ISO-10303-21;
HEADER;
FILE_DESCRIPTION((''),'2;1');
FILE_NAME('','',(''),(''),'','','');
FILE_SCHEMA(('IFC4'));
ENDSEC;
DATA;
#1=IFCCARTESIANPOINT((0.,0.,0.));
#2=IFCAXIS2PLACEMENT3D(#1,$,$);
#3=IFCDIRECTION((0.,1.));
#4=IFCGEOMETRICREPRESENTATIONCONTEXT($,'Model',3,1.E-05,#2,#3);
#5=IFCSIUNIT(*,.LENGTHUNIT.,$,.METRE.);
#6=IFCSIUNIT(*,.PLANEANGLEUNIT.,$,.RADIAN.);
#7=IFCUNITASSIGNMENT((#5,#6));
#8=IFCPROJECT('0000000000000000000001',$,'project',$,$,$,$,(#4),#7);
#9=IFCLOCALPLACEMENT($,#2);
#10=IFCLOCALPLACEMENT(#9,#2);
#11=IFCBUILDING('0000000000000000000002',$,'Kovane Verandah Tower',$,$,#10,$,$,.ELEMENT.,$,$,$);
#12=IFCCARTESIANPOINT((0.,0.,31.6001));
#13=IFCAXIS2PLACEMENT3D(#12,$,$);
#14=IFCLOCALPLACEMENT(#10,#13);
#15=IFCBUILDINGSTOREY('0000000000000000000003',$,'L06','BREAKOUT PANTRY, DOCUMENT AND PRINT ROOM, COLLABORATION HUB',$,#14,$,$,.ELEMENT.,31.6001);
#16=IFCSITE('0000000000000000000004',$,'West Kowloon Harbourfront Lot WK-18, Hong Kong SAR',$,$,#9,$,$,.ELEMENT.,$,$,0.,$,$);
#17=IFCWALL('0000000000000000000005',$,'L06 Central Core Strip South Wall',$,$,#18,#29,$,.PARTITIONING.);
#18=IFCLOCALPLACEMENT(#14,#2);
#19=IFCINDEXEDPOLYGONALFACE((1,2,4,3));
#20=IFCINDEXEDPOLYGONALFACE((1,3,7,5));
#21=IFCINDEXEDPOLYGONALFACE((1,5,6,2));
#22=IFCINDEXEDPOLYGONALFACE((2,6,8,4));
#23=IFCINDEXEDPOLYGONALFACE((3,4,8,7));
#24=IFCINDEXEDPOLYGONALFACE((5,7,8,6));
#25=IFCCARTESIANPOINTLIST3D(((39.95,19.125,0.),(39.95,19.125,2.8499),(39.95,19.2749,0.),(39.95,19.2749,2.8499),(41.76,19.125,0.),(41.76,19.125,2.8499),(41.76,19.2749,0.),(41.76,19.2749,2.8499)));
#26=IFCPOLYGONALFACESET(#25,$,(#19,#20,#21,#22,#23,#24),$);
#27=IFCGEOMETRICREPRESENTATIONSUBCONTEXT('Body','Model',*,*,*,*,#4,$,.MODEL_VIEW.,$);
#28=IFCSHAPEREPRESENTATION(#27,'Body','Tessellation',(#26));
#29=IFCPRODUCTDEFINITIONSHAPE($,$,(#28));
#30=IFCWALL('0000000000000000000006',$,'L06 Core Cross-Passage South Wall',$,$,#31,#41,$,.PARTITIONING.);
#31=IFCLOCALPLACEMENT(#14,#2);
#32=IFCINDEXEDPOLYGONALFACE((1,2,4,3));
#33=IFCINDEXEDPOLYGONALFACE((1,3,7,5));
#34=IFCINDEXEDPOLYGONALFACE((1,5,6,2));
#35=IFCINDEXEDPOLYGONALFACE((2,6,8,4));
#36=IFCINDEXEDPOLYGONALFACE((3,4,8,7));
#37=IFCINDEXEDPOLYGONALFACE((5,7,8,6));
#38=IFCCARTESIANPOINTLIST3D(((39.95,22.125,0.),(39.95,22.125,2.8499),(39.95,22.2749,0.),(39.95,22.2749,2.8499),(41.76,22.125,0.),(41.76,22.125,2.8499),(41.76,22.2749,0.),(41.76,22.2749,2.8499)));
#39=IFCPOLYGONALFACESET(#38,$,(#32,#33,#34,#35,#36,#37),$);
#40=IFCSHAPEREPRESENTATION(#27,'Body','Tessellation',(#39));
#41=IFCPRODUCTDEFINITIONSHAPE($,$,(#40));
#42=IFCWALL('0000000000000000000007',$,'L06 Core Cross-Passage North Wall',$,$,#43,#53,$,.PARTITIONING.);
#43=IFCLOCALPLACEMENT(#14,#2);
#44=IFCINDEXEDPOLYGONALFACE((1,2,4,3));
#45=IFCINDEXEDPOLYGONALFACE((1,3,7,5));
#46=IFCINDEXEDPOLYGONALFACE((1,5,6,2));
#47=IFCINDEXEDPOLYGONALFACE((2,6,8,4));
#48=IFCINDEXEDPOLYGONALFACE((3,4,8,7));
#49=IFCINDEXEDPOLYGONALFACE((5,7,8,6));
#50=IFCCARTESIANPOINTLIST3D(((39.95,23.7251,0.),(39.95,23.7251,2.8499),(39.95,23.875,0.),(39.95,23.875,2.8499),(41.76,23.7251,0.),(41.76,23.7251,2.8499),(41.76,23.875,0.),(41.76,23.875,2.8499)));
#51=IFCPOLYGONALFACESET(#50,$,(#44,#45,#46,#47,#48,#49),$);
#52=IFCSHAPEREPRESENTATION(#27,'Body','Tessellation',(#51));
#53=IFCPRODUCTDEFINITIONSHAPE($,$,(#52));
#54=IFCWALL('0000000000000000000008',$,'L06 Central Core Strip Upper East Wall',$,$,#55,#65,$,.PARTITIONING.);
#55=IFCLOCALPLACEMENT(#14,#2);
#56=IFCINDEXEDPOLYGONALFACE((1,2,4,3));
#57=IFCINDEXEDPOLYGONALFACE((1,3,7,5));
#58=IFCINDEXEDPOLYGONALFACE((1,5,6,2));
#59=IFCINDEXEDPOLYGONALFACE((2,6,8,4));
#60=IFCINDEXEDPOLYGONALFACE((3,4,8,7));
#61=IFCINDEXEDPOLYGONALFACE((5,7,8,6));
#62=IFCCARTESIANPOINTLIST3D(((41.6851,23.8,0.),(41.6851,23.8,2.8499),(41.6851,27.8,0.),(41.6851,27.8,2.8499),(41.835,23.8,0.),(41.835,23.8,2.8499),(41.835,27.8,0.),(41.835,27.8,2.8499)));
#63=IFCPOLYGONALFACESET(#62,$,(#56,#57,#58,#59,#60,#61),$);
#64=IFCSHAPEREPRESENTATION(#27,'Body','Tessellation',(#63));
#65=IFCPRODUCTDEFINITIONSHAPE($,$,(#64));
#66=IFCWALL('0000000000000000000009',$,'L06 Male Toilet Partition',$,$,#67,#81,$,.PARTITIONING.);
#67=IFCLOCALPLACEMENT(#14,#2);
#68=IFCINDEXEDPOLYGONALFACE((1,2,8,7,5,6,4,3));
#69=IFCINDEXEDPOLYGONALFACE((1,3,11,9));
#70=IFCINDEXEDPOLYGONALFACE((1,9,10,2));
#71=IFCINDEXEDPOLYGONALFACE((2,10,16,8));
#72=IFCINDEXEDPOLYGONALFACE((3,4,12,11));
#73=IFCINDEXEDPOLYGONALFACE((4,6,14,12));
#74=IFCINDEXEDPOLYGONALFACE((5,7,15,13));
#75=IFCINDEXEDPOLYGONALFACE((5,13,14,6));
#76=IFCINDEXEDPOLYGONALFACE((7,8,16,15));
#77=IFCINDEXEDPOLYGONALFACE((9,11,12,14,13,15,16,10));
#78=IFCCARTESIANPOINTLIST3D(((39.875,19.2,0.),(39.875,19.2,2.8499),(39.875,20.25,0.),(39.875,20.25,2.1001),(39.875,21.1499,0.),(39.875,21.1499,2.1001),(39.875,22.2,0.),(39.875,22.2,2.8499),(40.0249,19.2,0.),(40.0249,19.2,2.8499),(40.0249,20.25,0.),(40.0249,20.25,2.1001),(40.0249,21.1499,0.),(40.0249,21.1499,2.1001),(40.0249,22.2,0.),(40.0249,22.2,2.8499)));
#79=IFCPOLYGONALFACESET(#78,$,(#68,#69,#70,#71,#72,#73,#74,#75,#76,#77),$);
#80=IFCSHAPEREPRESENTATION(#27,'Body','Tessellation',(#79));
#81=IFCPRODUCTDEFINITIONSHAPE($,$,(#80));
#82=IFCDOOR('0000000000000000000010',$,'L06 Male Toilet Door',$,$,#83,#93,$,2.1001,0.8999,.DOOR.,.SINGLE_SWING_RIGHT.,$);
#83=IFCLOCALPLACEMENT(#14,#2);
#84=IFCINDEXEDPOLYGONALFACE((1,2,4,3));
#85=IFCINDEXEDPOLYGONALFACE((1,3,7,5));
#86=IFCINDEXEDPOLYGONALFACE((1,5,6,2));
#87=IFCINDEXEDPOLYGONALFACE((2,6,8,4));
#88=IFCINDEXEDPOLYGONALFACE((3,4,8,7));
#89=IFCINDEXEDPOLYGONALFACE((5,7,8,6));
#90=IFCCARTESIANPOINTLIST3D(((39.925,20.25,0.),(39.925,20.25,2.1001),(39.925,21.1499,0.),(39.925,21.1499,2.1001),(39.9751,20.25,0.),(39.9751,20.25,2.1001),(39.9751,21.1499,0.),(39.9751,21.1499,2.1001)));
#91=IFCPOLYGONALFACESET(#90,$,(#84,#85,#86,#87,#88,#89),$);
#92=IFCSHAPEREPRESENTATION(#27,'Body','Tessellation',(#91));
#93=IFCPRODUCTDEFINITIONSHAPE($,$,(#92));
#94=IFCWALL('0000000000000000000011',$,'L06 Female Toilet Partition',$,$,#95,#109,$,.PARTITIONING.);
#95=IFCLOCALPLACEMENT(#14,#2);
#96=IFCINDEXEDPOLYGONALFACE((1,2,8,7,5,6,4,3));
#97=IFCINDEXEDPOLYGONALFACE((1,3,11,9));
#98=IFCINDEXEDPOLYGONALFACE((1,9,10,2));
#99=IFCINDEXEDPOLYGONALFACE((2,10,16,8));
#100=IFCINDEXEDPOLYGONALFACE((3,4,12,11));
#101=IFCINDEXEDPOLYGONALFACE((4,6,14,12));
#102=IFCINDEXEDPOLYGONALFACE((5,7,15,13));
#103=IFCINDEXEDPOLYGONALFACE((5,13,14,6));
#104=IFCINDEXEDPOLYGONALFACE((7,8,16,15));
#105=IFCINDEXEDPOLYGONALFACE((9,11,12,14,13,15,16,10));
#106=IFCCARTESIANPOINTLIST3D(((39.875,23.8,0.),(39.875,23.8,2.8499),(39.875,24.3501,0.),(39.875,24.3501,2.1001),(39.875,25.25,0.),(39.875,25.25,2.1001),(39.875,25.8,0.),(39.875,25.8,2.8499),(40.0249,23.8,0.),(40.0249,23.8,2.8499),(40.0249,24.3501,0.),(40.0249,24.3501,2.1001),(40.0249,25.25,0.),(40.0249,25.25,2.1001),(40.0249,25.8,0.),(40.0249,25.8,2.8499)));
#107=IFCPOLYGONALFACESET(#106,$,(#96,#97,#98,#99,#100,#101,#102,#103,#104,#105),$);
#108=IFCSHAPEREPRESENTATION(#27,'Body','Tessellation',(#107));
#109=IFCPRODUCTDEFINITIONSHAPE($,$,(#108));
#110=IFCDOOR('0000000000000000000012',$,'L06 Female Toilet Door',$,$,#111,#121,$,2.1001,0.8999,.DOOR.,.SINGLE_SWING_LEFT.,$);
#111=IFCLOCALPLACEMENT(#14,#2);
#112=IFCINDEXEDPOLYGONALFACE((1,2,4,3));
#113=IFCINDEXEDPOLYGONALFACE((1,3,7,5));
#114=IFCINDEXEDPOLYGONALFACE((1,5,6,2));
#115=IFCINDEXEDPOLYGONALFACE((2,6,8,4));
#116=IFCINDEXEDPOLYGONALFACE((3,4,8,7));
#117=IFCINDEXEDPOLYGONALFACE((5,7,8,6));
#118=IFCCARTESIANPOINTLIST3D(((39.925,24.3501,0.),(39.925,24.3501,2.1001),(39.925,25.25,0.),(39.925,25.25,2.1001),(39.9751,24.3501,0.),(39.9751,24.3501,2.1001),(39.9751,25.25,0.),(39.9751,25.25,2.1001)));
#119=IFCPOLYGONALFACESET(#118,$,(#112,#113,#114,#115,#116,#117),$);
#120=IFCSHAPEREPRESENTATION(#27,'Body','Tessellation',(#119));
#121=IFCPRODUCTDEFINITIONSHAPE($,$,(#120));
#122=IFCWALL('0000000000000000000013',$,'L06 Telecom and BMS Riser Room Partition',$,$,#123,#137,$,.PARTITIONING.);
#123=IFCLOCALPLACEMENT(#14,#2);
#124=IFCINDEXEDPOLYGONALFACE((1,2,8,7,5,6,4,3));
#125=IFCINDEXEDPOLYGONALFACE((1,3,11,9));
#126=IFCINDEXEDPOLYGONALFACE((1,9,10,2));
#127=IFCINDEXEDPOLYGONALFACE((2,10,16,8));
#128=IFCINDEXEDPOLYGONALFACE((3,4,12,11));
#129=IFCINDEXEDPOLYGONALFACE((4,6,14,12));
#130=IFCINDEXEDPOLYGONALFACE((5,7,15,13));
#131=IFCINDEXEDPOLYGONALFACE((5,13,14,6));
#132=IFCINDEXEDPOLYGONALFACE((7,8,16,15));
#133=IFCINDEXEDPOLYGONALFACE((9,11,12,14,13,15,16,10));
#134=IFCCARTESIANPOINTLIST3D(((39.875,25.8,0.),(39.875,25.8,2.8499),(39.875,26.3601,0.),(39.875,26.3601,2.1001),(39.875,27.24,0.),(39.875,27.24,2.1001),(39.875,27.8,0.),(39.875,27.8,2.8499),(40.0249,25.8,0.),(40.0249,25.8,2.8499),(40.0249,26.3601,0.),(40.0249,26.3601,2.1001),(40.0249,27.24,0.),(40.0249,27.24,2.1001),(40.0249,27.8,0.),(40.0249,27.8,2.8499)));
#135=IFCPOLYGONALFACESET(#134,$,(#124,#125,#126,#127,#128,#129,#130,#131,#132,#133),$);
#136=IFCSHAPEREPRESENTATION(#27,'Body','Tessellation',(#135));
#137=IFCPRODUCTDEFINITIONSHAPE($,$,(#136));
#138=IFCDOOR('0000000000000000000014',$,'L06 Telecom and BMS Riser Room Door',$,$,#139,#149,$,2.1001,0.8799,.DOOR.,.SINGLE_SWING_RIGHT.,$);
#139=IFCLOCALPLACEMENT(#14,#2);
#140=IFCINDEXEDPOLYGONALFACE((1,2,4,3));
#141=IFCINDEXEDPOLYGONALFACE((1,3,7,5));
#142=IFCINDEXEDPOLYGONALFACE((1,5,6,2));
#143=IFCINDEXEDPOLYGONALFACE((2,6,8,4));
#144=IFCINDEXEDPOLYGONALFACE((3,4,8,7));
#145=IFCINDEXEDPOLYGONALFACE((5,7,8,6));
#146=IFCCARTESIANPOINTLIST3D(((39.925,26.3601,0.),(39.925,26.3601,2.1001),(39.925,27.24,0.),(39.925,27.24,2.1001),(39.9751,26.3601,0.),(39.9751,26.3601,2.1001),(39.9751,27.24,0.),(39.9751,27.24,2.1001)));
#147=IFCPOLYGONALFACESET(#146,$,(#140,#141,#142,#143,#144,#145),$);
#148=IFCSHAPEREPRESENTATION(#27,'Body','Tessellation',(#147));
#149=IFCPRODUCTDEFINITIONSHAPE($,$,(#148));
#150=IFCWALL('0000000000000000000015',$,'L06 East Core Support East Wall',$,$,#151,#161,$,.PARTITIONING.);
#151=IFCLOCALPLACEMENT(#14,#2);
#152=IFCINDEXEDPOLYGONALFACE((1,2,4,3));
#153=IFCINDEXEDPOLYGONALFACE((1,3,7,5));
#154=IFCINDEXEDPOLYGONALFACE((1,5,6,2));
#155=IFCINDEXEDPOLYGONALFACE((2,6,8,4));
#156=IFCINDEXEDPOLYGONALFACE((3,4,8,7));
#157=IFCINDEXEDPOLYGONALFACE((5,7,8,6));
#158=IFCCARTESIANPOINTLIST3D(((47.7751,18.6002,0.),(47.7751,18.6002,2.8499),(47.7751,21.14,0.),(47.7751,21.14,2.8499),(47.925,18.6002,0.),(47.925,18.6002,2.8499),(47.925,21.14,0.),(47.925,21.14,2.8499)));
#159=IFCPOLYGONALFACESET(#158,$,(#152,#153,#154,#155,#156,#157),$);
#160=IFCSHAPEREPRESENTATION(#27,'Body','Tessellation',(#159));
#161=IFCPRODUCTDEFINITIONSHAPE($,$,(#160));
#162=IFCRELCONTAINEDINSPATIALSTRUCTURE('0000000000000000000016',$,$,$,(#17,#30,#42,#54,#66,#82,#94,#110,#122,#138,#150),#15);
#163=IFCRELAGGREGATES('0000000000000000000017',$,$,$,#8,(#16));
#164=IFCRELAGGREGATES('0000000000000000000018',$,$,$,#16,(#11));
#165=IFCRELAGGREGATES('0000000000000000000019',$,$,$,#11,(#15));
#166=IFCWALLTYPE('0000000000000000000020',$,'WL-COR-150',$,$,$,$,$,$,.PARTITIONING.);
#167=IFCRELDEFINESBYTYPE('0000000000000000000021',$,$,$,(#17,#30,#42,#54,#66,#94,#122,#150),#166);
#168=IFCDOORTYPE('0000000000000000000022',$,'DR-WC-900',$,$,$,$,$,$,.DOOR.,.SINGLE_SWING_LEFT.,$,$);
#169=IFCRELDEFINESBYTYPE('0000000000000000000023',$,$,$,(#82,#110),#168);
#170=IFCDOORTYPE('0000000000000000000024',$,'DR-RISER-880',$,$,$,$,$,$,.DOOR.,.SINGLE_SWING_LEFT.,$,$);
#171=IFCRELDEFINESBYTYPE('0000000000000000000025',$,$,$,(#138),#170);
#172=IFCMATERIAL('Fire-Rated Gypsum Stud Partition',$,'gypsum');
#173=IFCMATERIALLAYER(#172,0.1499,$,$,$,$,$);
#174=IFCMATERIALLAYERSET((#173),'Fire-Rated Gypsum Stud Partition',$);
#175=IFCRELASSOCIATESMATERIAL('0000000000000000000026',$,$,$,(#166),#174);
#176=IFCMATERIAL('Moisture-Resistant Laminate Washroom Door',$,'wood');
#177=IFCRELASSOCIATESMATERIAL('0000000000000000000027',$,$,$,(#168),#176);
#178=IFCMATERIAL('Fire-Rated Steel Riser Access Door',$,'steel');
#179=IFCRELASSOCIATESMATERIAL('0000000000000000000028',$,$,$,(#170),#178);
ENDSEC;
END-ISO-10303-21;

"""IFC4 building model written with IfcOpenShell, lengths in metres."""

from ifc_helpers import new_model, si_unit, direction, frame, frame_2d, origin, place, context, subcontext, project, spatial, rectangle, extrude, material, layer, layer_set, type_object, element, fill, save


model = new_model("IFC4")

# Units and contexts
model_context = context("Model", 3, precision=1e-05, world=origin(), true_north=direction((0.0, 1.0)))
body_context = subcontext(model_context, "Body", "Model", "MODEL_VIEW")
ifc_project = project(units=[si_unit("LENGTHUNIT", "METRE"), si_unit("PLANEANGLEUNIT", "RADIAN")], contexts=[model_context])

# Site, building, storey
site_placement = place(None, origin())
site = spatial("IfcSite", under=ifc_project, at=site_placement, Name="West Kowloon Harbourfront Lot WK-18, Hong Kong SAR", CompositionType="ELEMENT", RefElevation=0.0)
building_placement = place(site_placement, origin())
building = spatial("IfcBuilding", under=site, at=building_placement, Name="Kovane Verandah Tower", CompositionType="ELEMENT")
storey_placement = place(building_placement, frame((0.0, 0.0, 31.6001)))
storey = spatial("IfcBuildingStorey", under=building, at=storey_placement, Name="L06", Description="BREAKOUT PANTRY, DOCUMENT AND PRINT ROOM, COLLABORATION HUB", CompositionType="ELEMENT", Elevation=31.6001)

# Walls
ifc_material_1 = material(Name="Fire-Rated Gypsum Stud Partition", Category="gypsum")
ifc_layer_1 = layer(ifc_material_1, 0.1499)
ifc_layer_set_1 = layer_set([ifc_layer_1], Name="Fire-Rated Gypsum Stud Partition")
wall_type_1 = type_object("IfcWallType", Name="WL-COR-150", PredefinedType="PARTITIONING", material=ifc_layer_set_1)
for number, where, z_axis, x_axis, name in (
    (1, (39.95, 19.2, 0.0), (0.0, 0.0, 1.0), (1.0, 0.0, 0.0), "L06 Central Core Strip South Wall"),
    (2, (39.95, 22.2, 0.0), (0.0, 0.0, 1.0), (1.0, 0.0, 0.0), "L06 Core Cross-Passage South Wall"),
    (3, (39.95, 23.8, 0.0), (0.0, 0.0, 1.0), (1.0, 0.0, 0.0), "L06 Core Cross-Passage North Wall"),
):
    element("IfcWall", number, at=place(storey_placement, frame(where, z_axis=z_axis, x_axis=x_axis)), inside=storey, type_object=wall_type_1, Name=name, PredefinedType="PARTITIONING", context=body_context, shape_type="SweptSolid", body=[
        extrude(rectangle(XDim=1.8101, YDim=0.1499, at=frame_2d((0.905, 0.0))), origin(), (0.0, 0.0, 1.0), 2.8499),
    ])
wall_1_placement = place(storey_placement, frame((41.76, 23.8, 0.0), z_axis=(0.0, 0.0, 1.0), x_axis=(0.0, 1.0, 0.0)))
element("IfcWall", 4, at=wall_1_placement, inside=storey, type_object=wall_type_1, Name="L06 Central Core Strip Upper East Wall", PredefinedType="PARTITIONING", context=body_context, shape_type="SweptSolid", body=[
    extrude(rectangle(XDim=4.0, YDim=0.1499, at=frame_2d((2.0, 0.0))), origin(), (0.0, 0.0, 1.0), 2.8499),
])

# Walls, openings, doors
wall_2_placement = place(storey_placement, frame((39.95, 19.2, 0.0), z_axis=(0.0, 0.0, 1.0), x_axis=(0.0, 1.0, 0.0)))
wall_2 = element("IfcWall", 5, at=wall_2_placement, inside=storey, type_object=wall_type_1, Name="L06 Male Toilet Partition", PredefinedType="PARTITIONING", context=body_context, shape_type="SweptSolid", body=[
    extrude(rectangle(XDim=3.0, YDim=0.1499, at=frame_2d((1.5, 0.0))), origin(), (0.0, 0.0, 1.0), 2.8499),
])
opening_1_placement = place(wall_2_placement, frame((1.05, 0.0, 0.0)))
opening_1 = element("IfcOpeningElement", 6, at=opening_1_placement, cuts=wall_2, PredefinedType="OPENING", context=body_context, shape_type="SweptSolid", body=[
    extrude(rectangle(XDim=0.8999, YDim=2.1001, at=frame_2d((0.45, 1.05))), frame((0.0, 0.075, 0.0), z_axis=(0.0, -1.0, 0.0), x_axis=(1.0, 0.0, 0.0)), (0.0, 0.0, 1.0), 0.1499),
])
ifc_material_2 = material(Name="Moisture-Resistant Laminate Washroom Door", Category="wood")
door_type_1 = type_object("IfcDoorType", Name="DR-WC-900", OperationType="SINGLE_SWING_LEFT", PredefinedType="DOOR", material=ifc_material_2)
door_1_placement = place(opening_1_placement, origin())
door_1 = element("IfcDoor", 7, at=door_1_placement, inside=storey, type_object=door_type_1, Name="L06 Male Toilet Door", OperationType="SINGLE_SWING_RIGHT", OverallHeight=2.1001, OverallWidth=0.8999, PredefinedType="DOOR", context=body_context, shape_type="SweptSolid", body=[
    extrude(rectangle(XDim=0.8999, YDim=2.1001, at=frame_2d((0.45, 1.05))), frame((0.0, 0.0249, 0.0), z_axis=(0.0, -1.0, 0.0), x_axis=(1.0, 0.0, 0.0)), (0.0, 0.0, 1.0), 0.05),
])
fill(opening_1, door_1)
wall_3_placement = place(storey_placement, frame((39.95, 23.8, 0.0), z_axis=(0.0, 0.0, 1.0), x_axis=(0.0, 1.0, 0.0)))
wall_3 = element("IfcWall", 8, at=wall_3_placement, inside=storey, type_object=wall_type_1, Name="L06 Female Toilet Partition", PredefinedType="PARTITIONING", context=body_context, shape_type="SweptSolid", body=[
    extrude(rectangle(XDim=2.0, YDim=0.1499, at=frame_2d((1.0, 0.0))), origin(), (0.0, 0.0, 1.0), 2.8499),
])
opening_2_placement = place(wall_3_placement, frame((0.55, 0.0, 0.0)))
opening_2 = element("IfcOpeningElement", 9, at=opening_2_placement, cuts=wall_3, PredefinedType="OPENING", context=body_context, shape_type="SweptSolid", body=[
    extrude(rectangle(XDim=0.8999, YDim=2.1001, at=frame_2d((0.45, 1.05))), frame((0.0, 0.075, 0.0), z_axis=(0.0, -1.0, 0.0), x_axis=(1.0, 0.0, 0.0)), (0.0, 0.0, 1.0), 0.1499),
])
door_2_placement = place(opening_2_placement, origin())
door_2 = element("IfcDoor", 10, at=door_2_placement, inside=storey, type_object=door_type_1, Name="L06 Female Toilet Door", OperationType="SINGLE_SWING_LEFT", OverallHeight=2.1001, OverallWidth=0.8999, PredefinedType="DOOR", context=body_context, shape_type="SweptSolid", body=[
    extrude(rectangle(XDim=0.8999, YDim=2.1001, at=frame_2d((0.45, 1.05))), frame((0.0, 0.0249, 0.0), z_axis=(0.0, -1.0, 0.0), x_axis=(1.0, 0.0, 0.0)), (0.0, 0.0, 1.0), 0.05),
])
fill(opening_2, door_2)
wall_4_placement = place(storey_placement, frame((39.95, 25.8, 0.0), z_axis=(0.0, 0.0, 1.0), x_axis=(0.0, 1.0, 0.0)))
wall_4 = element("IfcWall", 11, at=wall_4_placement, inside=storey, type_object=wall_type_1, Name="L06 Telecom and BMS Riser Room Partition", PredefinedType="PARTITIONING", context=body_context, shape_type="SweptSolid", body=[
    extrude(rectangle(XDim=2.0, YDim=0.1499, at=frame_2d((1.0, 0.0))), origin(), (0.0, 0.0, 1.0), 2.8499),
])
opening_3_placement = place(wall_4_placement, frame((0.5601, 0.0, 0.0)))
opening_3 = element("IfcOpeningElement", 12, at=opening_3_placement, cuts=wall_4, PredefinedType="OPENING", context=body_context, shape_type="SweptSolid", body=[
    extrude(rectangle(XDim=0.8799, YDim=2.1001, at=frame_2d((0.4399, 1.05))), frame((0.0, 0.075, 0.0), z_axis=(0.0, -1.0, 0.0), x_axis=(1.0, 0.0, 0.0)), (0.0, 0.0, 1.0), 0.1499),
])
ifc_material_3 = material(Name="Fire-Rated Steel Riser Access Door", Category="steel")
door_type_2 = type_object("IfcDoorType", Name="DR-RISER-880", OperationType="SINGLE_SWING_LEFT", PredefinedType="DOOR", material=ifc_material_3)
door_3_placement = place(opening_3_placement, origin())
door_3 = element("IfcDoor", 13, at=door_3_placement, inside=storey, type_object=door_type_2, Name="L06 Telecom and BMS Riser Room Door", OperationType="SINGLE_SWING_RIGHT", OverallHeight=2.1001, OverallWidth=0.8799, PredefinedType="DOOR", context=body_context, shape_type="SweptSolid", body=[
    extrude(rectangle(XDim=0.8799, YDim=2.1001, at=frame_2d((0.4399, 1.05))), frame((0.0, 0.0249, 0.0), z_axis=(0.0, -1.0, 0.0), x_axis=(1.0, 0.0, 0.0)), (0.0, 0.0, 1.0), 0.05),
])
fill(opening_3, door_3)

# Wall
wall_5_placement = place(storey_placement, frame((47.8501, 18.6001, 0.0), z_axis=(0.0, 0.0, 1.0), x_axis=(0.0, 1.0, 0.0)))
element("IfcWall", 14, at=wall_5_placement, inside=storey, type_object=wall_type_1, Name="L06 East Core Support East Wall", PredefinedType="PARTITIONING", context=body_context, shape_type="SweptSolid", body=[
    extrude(rectangle(XDim=2.5398, YDim=0.1499, at=frame_2d((1.27, 0.0))), origin(), (0.0, 0.0, 1.0), 2.8499),
])

save(model, "model.ifc")
